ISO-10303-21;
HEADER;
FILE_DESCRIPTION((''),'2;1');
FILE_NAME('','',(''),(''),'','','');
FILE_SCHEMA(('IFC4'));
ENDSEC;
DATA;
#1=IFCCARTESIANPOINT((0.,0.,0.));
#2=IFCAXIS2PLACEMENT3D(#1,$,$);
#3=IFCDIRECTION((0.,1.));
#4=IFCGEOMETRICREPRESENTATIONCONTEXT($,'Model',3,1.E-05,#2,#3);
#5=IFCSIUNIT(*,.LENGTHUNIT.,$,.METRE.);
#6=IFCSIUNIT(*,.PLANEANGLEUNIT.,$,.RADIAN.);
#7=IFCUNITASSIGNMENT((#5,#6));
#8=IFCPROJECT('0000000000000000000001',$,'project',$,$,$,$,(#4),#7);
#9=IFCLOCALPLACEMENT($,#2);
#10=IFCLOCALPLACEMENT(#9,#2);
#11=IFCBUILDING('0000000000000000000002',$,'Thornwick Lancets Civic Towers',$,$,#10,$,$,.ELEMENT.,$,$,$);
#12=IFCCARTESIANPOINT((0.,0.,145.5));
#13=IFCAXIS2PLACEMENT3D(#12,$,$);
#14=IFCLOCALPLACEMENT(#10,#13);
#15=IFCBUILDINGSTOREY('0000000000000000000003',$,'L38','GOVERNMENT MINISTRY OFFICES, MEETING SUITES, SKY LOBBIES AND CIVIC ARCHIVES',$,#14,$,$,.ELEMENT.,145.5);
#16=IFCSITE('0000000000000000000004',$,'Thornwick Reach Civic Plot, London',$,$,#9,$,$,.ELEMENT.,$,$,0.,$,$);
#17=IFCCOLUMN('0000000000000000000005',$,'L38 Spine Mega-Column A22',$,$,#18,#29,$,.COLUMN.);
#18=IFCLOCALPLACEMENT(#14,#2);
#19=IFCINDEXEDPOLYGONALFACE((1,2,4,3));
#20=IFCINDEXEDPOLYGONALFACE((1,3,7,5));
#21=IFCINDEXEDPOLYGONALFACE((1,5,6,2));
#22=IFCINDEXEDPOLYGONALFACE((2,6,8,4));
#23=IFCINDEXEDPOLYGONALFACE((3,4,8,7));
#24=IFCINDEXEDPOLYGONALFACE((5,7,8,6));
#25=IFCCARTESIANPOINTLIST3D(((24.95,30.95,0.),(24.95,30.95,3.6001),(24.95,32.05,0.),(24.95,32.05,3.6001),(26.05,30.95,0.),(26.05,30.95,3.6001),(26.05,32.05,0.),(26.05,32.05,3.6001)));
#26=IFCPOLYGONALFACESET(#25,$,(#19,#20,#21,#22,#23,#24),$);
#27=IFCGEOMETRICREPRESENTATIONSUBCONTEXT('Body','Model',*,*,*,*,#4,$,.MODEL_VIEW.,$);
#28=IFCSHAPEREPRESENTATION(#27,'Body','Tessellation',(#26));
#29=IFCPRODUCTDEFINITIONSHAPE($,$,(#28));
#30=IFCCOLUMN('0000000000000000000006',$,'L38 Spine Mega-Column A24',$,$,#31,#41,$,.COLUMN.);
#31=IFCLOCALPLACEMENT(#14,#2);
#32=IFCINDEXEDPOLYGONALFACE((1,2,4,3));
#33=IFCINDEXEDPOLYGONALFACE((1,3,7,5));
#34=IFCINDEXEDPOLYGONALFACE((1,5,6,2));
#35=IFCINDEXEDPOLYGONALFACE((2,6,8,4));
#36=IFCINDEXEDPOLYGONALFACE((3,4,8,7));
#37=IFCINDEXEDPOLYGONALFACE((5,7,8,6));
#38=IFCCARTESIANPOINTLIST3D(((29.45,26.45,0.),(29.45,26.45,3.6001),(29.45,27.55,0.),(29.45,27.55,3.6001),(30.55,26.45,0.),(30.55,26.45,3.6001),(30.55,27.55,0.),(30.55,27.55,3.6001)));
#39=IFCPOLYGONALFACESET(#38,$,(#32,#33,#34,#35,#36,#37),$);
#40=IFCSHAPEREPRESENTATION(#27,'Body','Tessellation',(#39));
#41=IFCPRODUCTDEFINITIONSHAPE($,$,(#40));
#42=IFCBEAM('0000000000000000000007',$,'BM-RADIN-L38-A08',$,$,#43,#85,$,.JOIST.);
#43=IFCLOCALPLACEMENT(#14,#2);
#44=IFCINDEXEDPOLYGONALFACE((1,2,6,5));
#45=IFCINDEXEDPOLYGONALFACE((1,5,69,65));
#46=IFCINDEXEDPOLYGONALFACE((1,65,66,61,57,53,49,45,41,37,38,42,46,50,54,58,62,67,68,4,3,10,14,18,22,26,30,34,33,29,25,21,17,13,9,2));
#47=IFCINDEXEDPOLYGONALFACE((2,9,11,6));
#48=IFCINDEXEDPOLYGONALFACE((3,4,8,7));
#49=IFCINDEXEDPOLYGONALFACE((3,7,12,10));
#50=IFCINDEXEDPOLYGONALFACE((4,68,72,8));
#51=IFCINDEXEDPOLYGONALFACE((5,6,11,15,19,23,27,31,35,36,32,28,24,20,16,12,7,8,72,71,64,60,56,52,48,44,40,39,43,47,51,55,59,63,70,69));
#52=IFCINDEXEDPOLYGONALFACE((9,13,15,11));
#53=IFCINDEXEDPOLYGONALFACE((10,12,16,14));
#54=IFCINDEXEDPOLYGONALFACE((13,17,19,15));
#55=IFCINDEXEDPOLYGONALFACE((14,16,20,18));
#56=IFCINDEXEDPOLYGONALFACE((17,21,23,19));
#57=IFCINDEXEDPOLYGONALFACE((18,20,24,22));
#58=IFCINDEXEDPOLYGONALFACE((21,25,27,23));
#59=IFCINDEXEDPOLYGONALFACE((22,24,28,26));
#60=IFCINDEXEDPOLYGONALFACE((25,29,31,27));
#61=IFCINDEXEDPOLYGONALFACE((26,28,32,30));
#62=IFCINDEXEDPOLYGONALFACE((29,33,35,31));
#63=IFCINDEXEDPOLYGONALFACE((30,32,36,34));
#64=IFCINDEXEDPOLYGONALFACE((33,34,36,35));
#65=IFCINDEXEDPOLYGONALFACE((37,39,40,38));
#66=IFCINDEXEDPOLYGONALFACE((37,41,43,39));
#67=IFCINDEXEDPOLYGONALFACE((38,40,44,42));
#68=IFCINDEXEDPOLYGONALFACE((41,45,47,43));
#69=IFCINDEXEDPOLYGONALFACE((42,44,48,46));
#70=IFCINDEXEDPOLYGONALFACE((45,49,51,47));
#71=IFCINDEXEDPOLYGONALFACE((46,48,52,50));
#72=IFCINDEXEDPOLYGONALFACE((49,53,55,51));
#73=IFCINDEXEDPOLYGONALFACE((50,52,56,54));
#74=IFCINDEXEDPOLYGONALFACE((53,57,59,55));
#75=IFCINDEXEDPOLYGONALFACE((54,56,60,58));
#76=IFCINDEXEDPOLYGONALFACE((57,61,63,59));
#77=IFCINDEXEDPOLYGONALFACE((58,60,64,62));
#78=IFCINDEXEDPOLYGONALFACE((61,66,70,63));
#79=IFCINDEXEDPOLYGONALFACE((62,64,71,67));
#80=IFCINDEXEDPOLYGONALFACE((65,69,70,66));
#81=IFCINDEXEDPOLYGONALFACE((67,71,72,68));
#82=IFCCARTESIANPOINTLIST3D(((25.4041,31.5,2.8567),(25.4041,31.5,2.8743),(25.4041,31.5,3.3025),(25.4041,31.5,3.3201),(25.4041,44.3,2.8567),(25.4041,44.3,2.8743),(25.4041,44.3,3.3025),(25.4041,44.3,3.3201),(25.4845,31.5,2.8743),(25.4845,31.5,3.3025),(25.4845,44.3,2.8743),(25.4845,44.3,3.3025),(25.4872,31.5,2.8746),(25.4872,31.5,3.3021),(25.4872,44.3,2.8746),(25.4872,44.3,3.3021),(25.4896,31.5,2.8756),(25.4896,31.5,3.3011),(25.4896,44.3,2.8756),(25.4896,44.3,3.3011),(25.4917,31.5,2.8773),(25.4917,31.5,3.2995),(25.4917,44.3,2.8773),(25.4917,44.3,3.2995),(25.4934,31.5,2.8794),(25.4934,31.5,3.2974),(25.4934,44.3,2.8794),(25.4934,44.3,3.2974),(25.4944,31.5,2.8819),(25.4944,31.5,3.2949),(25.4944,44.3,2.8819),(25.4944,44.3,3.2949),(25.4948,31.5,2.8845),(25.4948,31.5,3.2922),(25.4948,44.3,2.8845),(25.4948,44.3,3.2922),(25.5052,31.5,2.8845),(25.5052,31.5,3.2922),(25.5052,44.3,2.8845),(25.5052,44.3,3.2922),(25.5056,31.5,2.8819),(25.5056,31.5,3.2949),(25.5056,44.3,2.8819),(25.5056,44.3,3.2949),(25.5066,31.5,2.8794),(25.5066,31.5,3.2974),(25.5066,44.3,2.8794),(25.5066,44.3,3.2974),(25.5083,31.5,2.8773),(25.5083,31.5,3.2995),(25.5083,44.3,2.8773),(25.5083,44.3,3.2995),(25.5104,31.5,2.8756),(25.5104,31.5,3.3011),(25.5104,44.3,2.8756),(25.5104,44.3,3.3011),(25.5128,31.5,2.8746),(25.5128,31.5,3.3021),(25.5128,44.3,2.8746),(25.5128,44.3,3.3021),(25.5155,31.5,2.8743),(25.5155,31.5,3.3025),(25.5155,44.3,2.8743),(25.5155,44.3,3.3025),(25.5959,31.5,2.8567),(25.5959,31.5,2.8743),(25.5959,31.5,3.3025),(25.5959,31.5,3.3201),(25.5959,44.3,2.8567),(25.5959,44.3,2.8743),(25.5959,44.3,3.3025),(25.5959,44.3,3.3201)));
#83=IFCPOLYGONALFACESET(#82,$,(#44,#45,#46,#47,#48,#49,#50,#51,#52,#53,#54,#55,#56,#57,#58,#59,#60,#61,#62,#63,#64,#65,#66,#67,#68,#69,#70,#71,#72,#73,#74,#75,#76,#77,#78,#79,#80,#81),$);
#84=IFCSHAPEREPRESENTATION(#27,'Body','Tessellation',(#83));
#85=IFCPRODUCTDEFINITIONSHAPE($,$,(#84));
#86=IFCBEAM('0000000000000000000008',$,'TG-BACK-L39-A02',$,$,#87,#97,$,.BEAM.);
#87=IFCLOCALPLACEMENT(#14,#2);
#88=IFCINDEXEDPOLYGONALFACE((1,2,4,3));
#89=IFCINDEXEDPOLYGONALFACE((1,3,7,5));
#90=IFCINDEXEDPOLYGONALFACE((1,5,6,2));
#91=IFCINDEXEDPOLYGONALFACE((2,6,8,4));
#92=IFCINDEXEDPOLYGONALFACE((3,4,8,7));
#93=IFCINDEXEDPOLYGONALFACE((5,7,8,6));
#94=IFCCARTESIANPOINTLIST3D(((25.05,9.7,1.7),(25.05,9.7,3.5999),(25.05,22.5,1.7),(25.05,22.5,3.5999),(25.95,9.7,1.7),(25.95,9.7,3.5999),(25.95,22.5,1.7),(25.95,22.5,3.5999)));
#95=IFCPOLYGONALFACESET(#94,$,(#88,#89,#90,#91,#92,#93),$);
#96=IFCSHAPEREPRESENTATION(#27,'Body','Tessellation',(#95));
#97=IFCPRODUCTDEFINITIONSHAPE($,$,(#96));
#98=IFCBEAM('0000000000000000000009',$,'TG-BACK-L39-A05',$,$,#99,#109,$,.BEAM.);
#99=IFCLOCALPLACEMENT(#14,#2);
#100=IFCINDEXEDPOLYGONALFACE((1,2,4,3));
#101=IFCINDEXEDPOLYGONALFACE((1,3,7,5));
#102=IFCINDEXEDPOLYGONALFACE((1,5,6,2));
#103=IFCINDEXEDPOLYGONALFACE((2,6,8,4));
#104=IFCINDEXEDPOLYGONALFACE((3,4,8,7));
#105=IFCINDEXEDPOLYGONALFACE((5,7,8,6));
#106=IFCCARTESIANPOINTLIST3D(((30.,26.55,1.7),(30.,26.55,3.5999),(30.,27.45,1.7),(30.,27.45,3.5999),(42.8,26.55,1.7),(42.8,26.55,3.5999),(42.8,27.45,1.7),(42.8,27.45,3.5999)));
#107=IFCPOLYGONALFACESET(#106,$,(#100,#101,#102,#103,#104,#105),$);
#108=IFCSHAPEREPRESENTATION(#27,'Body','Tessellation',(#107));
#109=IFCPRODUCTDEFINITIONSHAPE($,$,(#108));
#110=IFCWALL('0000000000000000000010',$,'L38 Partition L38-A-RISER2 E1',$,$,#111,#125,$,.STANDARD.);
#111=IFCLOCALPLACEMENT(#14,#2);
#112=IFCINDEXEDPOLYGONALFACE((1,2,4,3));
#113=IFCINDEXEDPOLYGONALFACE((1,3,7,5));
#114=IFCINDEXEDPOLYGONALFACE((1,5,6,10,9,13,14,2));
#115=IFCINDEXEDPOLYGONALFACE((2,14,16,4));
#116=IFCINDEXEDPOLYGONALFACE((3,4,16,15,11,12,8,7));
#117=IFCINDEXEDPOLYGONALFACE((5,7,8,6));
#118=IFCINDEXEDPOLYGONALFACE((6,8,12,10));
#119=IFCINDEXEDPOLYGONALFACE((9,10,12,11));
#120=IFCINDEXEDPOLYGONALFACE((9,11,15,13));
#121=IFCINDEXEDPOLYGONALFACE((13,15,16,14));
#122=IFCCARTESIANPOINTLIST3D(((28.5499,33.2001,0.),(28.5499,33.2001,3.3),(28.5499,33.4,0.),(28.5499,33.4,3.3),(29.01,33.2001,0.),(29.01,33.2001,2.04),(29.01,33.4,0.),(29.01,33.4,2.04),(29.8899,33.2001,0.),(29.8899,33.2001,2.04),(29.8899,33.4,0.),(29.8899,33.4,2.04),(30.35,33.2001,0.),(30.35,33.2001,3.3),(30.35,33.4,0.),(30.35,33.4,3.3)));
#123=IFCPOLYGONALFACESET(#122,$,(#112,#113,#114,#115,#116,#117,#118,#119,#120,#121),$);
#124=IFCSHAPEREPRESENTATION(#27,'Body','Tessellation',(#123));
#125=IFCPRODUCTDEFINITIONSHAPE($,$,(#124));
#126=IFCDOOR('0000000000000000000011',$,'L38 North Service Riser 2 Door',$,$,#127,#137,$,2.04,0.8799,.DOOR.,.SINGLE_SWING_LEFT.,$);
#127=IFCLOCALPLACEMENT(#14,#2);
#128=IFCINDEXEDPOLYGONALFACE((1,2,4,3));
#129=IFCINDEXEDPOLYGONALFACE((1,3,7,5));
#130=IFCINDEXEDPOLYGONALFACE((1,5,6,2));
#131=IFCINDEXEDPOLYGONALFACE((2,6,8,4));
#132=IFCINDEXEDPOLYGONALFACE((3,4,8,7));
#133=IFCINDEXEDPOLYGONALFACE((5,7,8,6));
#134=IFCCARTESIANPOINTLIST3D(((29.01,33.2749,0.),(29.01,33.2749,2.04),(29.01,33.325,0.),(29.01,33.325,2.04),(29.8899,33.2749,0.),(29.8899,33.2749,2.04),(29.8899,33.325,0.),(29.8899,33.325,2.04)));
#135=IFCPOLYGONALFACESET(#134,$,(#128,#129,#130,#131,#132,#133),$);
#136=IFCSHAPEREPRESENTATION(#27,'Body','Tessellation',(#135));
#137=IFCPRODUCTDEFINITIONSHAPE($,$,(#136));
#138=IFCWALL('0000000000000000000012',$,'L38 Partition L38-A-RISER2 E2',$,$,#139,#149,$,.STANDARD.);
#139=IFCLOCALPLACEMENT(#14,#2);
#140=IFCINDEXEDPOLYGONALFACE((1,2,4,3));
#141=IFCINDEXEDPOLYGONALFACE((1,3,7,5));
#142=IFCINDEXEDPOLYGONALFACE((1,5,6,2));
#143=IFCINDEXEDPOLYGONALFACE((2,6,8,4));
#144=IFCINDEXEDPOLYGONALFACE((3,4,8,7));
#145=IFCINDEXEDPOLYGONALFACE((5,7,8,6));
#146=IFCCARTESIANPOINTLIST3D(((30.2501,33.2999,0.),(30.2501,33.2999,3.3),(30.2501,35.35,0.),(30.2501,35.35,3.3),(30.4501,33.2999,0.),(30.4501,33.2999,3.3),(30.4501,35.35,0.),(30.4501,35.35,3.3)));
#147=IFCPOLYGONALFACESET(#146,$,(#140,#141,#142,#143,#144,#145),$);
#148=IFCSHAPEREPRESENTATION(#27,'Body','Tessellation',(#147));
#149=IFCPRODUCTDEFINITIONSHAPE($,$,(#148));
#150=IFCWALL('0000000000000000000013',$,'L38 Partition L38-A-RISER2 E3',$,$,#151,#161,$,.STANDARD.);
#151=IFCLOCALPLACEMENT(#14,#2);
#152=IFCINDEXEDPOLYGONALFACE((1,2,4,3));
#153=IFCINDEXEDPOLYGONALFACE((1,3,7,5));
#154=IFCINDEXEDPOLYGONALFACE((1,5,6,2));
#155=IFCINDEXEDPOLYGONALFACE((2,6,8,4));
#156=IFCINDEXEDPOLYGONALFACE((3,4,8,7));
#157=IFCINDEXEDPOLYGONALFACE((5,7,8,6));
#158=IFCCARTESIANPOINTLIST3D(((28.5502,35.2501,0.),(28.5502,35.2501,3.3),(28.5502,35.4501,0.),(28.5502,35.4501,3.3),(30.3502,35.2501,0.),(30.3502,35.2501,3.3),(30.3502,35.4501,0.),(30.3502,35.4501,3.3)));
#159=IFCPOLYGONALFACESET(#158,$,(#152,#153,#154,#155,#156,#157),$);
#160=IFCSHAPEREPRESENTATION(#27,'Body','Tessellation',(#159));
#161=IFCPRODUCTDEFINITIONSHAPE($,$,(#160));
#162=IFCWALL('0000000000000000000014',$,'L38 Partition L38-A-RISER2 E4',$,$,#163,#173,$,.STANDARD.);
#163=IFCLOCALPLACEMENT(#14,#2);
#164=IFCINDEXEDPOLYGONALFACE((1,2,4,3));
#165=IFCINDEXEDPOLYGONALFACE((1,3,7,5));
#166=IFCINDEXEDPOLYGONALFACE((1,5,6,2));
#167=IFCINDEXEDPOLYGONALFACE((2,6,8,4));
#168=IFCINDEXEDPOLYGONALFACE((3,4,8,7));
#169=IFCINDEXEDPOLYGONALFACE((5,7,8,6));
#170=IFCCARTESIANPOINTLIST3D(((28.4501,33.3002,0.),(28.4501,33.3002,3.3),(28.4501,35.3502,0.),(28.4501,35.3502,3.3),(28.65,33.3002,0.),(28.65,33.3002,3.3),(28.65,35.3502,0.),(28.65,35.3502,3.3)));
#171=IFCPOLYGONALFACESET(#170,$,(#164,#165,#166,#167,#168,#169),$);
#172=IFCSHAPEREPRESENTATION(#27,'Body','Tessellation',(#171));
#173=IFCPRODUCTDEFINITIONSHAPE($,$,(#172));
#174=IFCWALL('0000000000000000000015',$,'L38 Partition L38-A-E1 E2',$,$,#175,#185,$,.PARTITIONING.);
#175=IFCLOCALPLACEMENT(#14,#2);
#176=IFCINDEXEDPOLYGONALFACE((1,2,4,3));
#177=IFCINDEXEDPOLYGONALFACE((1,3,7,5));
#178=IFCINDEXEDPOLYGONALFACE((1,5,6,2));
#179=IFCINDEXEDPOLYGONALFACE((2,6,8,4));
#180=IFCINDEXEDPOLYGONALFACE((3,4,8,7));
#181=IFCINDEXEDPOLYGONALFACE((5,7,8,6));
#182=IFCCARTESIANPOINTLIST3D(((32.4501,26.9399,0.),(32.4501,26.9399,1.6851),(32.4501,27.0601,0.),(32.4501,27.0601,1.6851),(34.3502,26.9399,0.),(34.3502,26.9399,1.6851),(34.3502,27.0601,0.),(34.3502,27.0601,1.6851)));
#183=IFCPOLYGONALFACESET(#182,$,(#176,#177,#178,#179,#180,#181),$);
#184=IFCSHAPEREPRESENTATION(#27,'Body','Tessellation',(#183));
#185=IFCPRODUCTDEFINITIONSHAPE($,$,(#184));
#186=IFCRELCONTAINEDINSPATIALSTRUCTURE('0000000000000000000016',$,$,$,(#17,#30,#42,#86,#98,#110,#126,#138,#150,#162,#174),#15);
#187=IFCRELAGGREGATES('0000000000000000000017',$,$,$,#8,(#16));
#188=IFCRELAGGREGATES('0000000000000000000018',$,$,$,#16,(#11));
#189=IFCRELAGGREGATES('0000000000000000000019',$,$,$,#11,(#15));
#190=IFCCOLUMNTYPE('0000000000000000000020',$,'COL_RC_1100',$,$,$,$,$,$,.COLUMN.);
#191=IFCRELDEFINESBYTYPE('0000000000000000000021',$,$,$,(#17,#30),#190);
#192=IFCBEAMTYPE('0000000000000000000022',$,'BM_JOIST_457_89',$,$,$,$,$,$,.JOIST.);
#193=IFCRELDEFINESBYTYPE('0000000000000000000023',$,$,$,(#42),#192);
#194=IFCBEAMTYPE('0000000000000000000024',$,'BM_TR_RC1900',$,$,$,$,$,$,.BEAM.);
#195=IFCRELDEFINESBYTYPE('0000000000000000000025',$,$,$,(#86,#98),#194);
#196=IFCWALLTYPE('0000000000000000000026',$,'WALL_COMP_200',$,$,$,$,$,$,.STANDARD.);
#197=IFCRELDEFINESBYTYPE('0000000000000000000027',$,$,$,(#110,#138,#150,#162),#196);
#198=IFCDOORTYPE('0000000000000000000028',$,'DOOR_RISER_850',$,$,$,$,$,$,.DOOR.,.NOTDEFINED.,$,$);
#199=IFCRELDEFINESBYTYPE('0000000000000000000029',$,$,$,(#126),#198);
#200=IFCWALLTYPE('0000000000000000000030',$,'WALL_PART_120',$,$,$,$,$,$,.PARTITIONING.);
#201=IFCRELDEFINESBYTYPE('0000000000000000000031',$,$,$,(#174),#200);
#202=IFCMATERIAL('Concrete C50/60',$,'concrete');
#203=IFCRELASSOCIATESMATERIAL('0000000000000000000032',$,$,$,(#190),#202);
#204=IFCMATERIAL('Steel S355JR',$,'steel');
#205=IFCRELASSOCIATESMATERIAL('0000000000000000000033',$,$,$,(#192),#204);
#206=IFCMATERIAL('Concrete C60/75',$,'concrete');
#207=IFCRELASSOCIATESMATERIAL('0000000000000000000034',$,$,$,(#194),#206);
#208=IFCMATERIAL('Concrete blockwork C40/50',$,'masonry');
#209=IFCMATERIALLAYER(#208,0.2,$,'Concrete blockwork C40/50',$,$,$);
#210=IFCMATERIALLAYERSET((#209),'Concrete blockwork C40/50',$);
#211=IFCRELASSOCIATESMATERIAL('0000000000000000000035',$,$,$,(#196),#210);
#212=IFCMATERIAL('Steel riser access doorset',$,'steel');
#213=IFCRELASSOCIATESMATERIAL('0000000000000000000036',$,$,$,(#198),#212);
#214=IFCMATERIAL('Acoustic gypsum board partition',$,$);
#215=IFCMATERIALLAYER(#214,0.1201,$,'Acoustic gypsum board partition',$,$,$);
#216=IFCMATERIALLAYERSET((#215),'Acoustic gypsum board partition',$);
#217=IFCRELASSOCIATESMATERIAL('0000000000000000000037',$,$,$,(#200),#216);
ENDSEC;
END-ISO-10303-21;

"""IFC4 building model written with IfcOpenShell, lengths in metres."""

from ifc_helpers import new_model, si_unit, direction, frame, frame_2d, origin, origin_2d, place, context, subcontext, project, spatial, rectangle, i_section, extrude, material, layer, layer_set, material_profile, profile_set, type_object, element, fill, save


model = new_model("IFC4")

# Units and contexts
model_context = context("Model", 3, precision=1e-05, world=origin(), true_north=direction((0.0, 1.0)))
body_context = subcontext(model_context, "Body", "Model", "MODEL_VIEW")
ifc_project = project(units=[si_unit("LENGTHUNIT", "METRE"), si_unit("PLANEANGLEUNIT", "RADIAN")], contexts=[model_context])

# Site, building, storey
site_placement = place(None, origin())
site = spatial("IfcSite", under=ifc_project, at=site_placement, Name="Thornwick Reach Civic Plot, London", CompositionType="ELEMENT", RefElevation=0.0)
building_placement = place(site_placement, origin())
building = spatial("IfcBuilding", under=site, at=building_placement, Name="Thornwick Lancets Civic Towers", CompositionType="ELEMENT")
storey_placement = place(building_placement, frame((0.0, 0.0, 145.5)))
storey = spatial("IfcBuildingStorey", under=building, at=storey_placement, Name="L38", Description="GOVERNMENT MINISTRY OFFICES, MEETING SUITES, SKY LOBBIES AND CIVIC ARCHIVES", CompositionType="ELEMENT", Elevation=145.5)

# Columns
ifc_material_1 = material(Name="Concrete C50/60", Category="concrete")
ifc_material_profile_1 = material_profile(ifc_material_1, rectangle(XDim=1.1001, YDim=1.1001, at=origin_2d()), Name="RC 1100x1100")
ifc_profile_set_1 = profile_set([ifc_material_profile_1], Name="Concrete C50/60")
column_type = type_object("IfcColumnType", Name="COL_RC_1100", PredefinedType="COLUMN", material=ifc_profile_set_1)
for number, where, z_axis, x_axis, name in (
    (1, (25.5, 31.5, 0.0), (0.0, 0.0, 1.0), (1.0, 0.0, 0.0), "L38 Spine Mega-Column A22"),
    (2, (30.0, 27.0, 0.0), (0.0, 0.0, 1.0), (1.0, 0.0, 0.0), "L38 Spine Mega-Column A24"),
):
    element("IfcColumn", number, at=place(storey_placement, frame(where, z_axis=z_axis, x_axis=x_axis)), inside=storey, type_object=column_type, Name=name, PredefinedType="COLUMN", context=body_context, shape_type="SweptSolid", body=[
        extrude(rectangle(XDim=1.1001, YDim=1.1001, at=origin_2d()), origin(), (0.0, 0.0, 1.0), 3.6001),
    ])

# Beams
ifc_material_2 = material(Name="Steel S355JR", Category="steel")
ifc_material_profile_2 = material_profile(ifc_material_2, i_section(OverallWidth=0.1919, OverallDepth=0.4634, WebThickness=0.0105, FlangeThickness=0.0176, FilletRadius=0.0103, at=origin_2d()), Name="UKB 457x191x89")
ifc_profile_set_2 = profile_set([ifc_material_profile_2], Name="Steel S355JR")
beam_type_1 = type_object("IfcBeamType", Name="BM_JOIST_457_89", PredefinedType="JOIST", material=ifc_profile_set_2)
beam_placement = place(storey_placement, frame((25.5, 31.5, 3.0884), z_axis=(0.0, 1.0, 0.0), x_axis=(-1.0, 0.0, 0.0)))
element("IfcBeam", 3, at=beam_placement, inside=storey, type_object=beam_type_1, Name="BM-RADIN-L38-A08", PredefinedType="JOIST", context=body_context, shape_type="SweptSolid", body=[
    extrude(i_section(OverallWidth=0.1919, OverallDepth=0.4634, WebThickness=0.0105, FlangeThickness=0.0176, FilletRadius=0.0103, at=origin_2d()), origin(), (0.0, 0.0, 1.0), 12.8),
])
ifc_material_3 = material(Name="Concrete C60/75", Category="concrete")
ifc_material_profile_3 = material_profile(ifc_material_3, rectangle(XDim=0.8999, YDim=1.8999, at=origin_2d()), Name="RC 900x1900")
ifc_profile_set_3 = profile_set([ifc_material_profile_3], Name="Concrete C60/75")
beam_type_2 = type_object("IfcBeamType", Name="BM_TR_RC1900", PredefinedType="BEAM", material=ifc_profile_set_3)
for number, where, z_axis, x_axis, name in (
    (4, (25.5, 22.5, 2.6499), (0.0, -1.0, 0.0), (1.0, 0.0, 0.0), "TG-BACK-L39-A02"),
    (5, (30.0, 27.0, 2.6499), (1.0, 0.0, 0.0), (0.0, 1.0, 0.0), "TG-BACK-L39-A05"),
):
    element("IfcBeam", number, at=place(storey_placement, frame(where, z_axis=z_axis, x_axis=x_axis)), inside=storey, type_object=beam_type_2, Name=name, PredefinedType="BEAM", context=body_context, shape_type="SweptSolid", body=[
        extrude(rectangle(XDim=0.8999, YDim=1.8999, at=origin_2d()), origin(), (0.0, 0.0, 1.0), 12.8),
    ])

# Wall, opening, door
ifc_material_4 = material(Name="Concrete blockwork C40/50", Category="masonry")
ifc_layer_1 = layer(ifc_material_4, 0.2, Name="Concrete blockwork C40/50")
ifc_layer_set_1 = layer_set([ifc_layer_1], Name="Concrete blockwork C40/50")
wall_type_1 = type_object("IfcWallType", Name="WALL_COMP_200", PredefinedType="STANDARD", material=ifc_layer_set_1)
wall_1_placement = place(storey_placement, frame((28.55, 33.3, 0.0), z_axis=(0.0, 0.0, 1.0), x_axis=(1.0, 0.0, 0.0)))
wall_1 = element("IfcWall", 6, at=wall_1_placement, inside=storey, type_object=wall_type_1, Name="L38 Partition L38-A-RISER2 E1", PredefinedType="STANDARD", context=body_context, shape_type="SweptSolid", body=[
    extrude(rectangle(XDim=1.8, YDim=0.2, at=frame_2d((0.8999, 0.0))), origin(), (0.0, 0.0, 1.0), 3.3),
])
opening_1_placement = place(wall_1_placement, frame((0.46, 0.0, 0.0)))
opening_1 = element("IfcOpeningElement", 7, at=opening_1_placement, cuts=wall_1, PredefinedType="OPENING", context=body_context, shape_type="SweptSolid", body=[
    extrude(rectangle(XDim=0.8799, YDim=2.04, at=frame_2d((0.4399, 1.02))), frame((0.0, 0.1099, 0.0), z_axis=(0.0, -1.0, 0.0), x_axis=(1.0, 0.0, 0.0)), (0.0, 0.0, 1.0), 0.22),
])
ifc_material_5 = material(Name="Steel riser access doorset", Category="steel")
door_type_1 = type_object("IfcDoorType", Name="DOOR_RISER_850", OperationType="NOTDEFINED", PredefinedType="DOOR", material=ifc_material_5)
door_1_placement = place(opening_1_placement, origin())
door_1 = element("IfcDoor", 8, at=door_1_placement, inside=storey, type_object=door_type_1, Name="L38 North Service Riser 2 Door", OperationType="SINGLE_SWING_LEFT", OverallHeight=2.04, OverallWidth=0.8799, PredefinedType="DOOR", context=body_context, shape_type="SweptSolid", body=[
    extrude(rectangle(XDim=0.8799, YDim=2.04, at=frame_2d((0.4399, 1.02))), frame((0.0, 0.0249, 0.0), z_axis=(0.0, -1.0, 0.0), x_axis=(1.0, 0.0, 0.0)), (0.0, 0.0, 1.0), 0.05),
])
fill(opening_1, door_1)

# Walls
wall_2_placement = place(storey_placement, frame((30.3501, 33.3, 0.0), z_axis=(0.0, 0.0, 1.0), x_axis=(0.0, 1.0, 0.0)))
element("IfcWall", 9, at=wall_2_placement, inside=storey, type_object=wall_type_1, Name="L38 Partition L38-A-RISER2 E2", PredefinedType="STANDARD", context=body_context, shape_type="SweptSolid", body=[
    extrude(rectangle(XDim=2.05, YDim=0.2, at=frame_2d((1.0249, 0.0))), origin(), (0.0, 0.0, 1.0), 3.3),
])
wall_3_placement = place(storey_placement, frame((30.3501, 35.3501, 0.0), z_axis=(0.0, 0.0, 1.0), x_axis=(-1.0, 0.0, 0.0)))
element("IfcWall", 10, at=wall_3_placement, inside=storey, type_object=wall_type_1, Name="L38 Partition L38-A-RISER2 E3", PredefinedType="STANDARD", context=body_context, shape_type="SweptSolid", body=[
    extrude(rectangle(XDim=1.8, YDim=0.2, at=frame_2d((0.8999, 0.0))), origin(), (0.0, 0.0, 1.0), 3.3),
])
wall_4_placement = place(storey_placement, frame((28.55, 35.3501, 0.0), z_axis=(0.0, 0.0, 1.0), x_axis=(0.0, -1.0, 0.0)))
element("IfcWall", 11, at=wall_4_placement, inside=storey, type_object=wall_type_1, Name="L38 Partition L38-A-RISER2 E4", PredefinedType="STANDARD", context=body_context, shape_type="SweptSolid", body=[
    extrude(rectangle(XDim=2.05, YDim=0.2, at=frame_2d((1.0249, 0.0))), origin(), (0.0, 0.0, 1.0), 3.3),
])
ifc_material_6 = material(Name="Acoustic gypsum board partition")
ifc_layer_2 = layer(ifc_material_6, 0.1201, Name="Acoustic gypsum board partition")
ifc_layer_set_2 = layer_set([ifc_layer_2], Name="Acoustic gypsum board partition")
wall_type_2 = type_object("IfcWallType", Name="WALL_PART_120", PredefinedType="PARTITIONING", material=ifc_layer_set_2)
wall_5_placement = place(storey_placement, frame((32.45, 27.0, 0.0), z_axis=(0.0, 0.0, 1.0), x_axis=(1.0, 0.0, 0.0)))
element("IfcWall", 12, at=wall_5_placement, inside=storey, type_object=wall_type_2, Name="L38 Partition L38-A-E1 E2", PredefinedType="PARTITIONING", context=body_context, shape_type="SweptSolid", body=[
    extrude(rectangle(XDim=1.9001, YDim=0.1201, at=frame_2d((0.9502, 0.0))), origin(), (0.0, 0.0, 1.0), 1.6851),
])

save(model, "model.ifc")
